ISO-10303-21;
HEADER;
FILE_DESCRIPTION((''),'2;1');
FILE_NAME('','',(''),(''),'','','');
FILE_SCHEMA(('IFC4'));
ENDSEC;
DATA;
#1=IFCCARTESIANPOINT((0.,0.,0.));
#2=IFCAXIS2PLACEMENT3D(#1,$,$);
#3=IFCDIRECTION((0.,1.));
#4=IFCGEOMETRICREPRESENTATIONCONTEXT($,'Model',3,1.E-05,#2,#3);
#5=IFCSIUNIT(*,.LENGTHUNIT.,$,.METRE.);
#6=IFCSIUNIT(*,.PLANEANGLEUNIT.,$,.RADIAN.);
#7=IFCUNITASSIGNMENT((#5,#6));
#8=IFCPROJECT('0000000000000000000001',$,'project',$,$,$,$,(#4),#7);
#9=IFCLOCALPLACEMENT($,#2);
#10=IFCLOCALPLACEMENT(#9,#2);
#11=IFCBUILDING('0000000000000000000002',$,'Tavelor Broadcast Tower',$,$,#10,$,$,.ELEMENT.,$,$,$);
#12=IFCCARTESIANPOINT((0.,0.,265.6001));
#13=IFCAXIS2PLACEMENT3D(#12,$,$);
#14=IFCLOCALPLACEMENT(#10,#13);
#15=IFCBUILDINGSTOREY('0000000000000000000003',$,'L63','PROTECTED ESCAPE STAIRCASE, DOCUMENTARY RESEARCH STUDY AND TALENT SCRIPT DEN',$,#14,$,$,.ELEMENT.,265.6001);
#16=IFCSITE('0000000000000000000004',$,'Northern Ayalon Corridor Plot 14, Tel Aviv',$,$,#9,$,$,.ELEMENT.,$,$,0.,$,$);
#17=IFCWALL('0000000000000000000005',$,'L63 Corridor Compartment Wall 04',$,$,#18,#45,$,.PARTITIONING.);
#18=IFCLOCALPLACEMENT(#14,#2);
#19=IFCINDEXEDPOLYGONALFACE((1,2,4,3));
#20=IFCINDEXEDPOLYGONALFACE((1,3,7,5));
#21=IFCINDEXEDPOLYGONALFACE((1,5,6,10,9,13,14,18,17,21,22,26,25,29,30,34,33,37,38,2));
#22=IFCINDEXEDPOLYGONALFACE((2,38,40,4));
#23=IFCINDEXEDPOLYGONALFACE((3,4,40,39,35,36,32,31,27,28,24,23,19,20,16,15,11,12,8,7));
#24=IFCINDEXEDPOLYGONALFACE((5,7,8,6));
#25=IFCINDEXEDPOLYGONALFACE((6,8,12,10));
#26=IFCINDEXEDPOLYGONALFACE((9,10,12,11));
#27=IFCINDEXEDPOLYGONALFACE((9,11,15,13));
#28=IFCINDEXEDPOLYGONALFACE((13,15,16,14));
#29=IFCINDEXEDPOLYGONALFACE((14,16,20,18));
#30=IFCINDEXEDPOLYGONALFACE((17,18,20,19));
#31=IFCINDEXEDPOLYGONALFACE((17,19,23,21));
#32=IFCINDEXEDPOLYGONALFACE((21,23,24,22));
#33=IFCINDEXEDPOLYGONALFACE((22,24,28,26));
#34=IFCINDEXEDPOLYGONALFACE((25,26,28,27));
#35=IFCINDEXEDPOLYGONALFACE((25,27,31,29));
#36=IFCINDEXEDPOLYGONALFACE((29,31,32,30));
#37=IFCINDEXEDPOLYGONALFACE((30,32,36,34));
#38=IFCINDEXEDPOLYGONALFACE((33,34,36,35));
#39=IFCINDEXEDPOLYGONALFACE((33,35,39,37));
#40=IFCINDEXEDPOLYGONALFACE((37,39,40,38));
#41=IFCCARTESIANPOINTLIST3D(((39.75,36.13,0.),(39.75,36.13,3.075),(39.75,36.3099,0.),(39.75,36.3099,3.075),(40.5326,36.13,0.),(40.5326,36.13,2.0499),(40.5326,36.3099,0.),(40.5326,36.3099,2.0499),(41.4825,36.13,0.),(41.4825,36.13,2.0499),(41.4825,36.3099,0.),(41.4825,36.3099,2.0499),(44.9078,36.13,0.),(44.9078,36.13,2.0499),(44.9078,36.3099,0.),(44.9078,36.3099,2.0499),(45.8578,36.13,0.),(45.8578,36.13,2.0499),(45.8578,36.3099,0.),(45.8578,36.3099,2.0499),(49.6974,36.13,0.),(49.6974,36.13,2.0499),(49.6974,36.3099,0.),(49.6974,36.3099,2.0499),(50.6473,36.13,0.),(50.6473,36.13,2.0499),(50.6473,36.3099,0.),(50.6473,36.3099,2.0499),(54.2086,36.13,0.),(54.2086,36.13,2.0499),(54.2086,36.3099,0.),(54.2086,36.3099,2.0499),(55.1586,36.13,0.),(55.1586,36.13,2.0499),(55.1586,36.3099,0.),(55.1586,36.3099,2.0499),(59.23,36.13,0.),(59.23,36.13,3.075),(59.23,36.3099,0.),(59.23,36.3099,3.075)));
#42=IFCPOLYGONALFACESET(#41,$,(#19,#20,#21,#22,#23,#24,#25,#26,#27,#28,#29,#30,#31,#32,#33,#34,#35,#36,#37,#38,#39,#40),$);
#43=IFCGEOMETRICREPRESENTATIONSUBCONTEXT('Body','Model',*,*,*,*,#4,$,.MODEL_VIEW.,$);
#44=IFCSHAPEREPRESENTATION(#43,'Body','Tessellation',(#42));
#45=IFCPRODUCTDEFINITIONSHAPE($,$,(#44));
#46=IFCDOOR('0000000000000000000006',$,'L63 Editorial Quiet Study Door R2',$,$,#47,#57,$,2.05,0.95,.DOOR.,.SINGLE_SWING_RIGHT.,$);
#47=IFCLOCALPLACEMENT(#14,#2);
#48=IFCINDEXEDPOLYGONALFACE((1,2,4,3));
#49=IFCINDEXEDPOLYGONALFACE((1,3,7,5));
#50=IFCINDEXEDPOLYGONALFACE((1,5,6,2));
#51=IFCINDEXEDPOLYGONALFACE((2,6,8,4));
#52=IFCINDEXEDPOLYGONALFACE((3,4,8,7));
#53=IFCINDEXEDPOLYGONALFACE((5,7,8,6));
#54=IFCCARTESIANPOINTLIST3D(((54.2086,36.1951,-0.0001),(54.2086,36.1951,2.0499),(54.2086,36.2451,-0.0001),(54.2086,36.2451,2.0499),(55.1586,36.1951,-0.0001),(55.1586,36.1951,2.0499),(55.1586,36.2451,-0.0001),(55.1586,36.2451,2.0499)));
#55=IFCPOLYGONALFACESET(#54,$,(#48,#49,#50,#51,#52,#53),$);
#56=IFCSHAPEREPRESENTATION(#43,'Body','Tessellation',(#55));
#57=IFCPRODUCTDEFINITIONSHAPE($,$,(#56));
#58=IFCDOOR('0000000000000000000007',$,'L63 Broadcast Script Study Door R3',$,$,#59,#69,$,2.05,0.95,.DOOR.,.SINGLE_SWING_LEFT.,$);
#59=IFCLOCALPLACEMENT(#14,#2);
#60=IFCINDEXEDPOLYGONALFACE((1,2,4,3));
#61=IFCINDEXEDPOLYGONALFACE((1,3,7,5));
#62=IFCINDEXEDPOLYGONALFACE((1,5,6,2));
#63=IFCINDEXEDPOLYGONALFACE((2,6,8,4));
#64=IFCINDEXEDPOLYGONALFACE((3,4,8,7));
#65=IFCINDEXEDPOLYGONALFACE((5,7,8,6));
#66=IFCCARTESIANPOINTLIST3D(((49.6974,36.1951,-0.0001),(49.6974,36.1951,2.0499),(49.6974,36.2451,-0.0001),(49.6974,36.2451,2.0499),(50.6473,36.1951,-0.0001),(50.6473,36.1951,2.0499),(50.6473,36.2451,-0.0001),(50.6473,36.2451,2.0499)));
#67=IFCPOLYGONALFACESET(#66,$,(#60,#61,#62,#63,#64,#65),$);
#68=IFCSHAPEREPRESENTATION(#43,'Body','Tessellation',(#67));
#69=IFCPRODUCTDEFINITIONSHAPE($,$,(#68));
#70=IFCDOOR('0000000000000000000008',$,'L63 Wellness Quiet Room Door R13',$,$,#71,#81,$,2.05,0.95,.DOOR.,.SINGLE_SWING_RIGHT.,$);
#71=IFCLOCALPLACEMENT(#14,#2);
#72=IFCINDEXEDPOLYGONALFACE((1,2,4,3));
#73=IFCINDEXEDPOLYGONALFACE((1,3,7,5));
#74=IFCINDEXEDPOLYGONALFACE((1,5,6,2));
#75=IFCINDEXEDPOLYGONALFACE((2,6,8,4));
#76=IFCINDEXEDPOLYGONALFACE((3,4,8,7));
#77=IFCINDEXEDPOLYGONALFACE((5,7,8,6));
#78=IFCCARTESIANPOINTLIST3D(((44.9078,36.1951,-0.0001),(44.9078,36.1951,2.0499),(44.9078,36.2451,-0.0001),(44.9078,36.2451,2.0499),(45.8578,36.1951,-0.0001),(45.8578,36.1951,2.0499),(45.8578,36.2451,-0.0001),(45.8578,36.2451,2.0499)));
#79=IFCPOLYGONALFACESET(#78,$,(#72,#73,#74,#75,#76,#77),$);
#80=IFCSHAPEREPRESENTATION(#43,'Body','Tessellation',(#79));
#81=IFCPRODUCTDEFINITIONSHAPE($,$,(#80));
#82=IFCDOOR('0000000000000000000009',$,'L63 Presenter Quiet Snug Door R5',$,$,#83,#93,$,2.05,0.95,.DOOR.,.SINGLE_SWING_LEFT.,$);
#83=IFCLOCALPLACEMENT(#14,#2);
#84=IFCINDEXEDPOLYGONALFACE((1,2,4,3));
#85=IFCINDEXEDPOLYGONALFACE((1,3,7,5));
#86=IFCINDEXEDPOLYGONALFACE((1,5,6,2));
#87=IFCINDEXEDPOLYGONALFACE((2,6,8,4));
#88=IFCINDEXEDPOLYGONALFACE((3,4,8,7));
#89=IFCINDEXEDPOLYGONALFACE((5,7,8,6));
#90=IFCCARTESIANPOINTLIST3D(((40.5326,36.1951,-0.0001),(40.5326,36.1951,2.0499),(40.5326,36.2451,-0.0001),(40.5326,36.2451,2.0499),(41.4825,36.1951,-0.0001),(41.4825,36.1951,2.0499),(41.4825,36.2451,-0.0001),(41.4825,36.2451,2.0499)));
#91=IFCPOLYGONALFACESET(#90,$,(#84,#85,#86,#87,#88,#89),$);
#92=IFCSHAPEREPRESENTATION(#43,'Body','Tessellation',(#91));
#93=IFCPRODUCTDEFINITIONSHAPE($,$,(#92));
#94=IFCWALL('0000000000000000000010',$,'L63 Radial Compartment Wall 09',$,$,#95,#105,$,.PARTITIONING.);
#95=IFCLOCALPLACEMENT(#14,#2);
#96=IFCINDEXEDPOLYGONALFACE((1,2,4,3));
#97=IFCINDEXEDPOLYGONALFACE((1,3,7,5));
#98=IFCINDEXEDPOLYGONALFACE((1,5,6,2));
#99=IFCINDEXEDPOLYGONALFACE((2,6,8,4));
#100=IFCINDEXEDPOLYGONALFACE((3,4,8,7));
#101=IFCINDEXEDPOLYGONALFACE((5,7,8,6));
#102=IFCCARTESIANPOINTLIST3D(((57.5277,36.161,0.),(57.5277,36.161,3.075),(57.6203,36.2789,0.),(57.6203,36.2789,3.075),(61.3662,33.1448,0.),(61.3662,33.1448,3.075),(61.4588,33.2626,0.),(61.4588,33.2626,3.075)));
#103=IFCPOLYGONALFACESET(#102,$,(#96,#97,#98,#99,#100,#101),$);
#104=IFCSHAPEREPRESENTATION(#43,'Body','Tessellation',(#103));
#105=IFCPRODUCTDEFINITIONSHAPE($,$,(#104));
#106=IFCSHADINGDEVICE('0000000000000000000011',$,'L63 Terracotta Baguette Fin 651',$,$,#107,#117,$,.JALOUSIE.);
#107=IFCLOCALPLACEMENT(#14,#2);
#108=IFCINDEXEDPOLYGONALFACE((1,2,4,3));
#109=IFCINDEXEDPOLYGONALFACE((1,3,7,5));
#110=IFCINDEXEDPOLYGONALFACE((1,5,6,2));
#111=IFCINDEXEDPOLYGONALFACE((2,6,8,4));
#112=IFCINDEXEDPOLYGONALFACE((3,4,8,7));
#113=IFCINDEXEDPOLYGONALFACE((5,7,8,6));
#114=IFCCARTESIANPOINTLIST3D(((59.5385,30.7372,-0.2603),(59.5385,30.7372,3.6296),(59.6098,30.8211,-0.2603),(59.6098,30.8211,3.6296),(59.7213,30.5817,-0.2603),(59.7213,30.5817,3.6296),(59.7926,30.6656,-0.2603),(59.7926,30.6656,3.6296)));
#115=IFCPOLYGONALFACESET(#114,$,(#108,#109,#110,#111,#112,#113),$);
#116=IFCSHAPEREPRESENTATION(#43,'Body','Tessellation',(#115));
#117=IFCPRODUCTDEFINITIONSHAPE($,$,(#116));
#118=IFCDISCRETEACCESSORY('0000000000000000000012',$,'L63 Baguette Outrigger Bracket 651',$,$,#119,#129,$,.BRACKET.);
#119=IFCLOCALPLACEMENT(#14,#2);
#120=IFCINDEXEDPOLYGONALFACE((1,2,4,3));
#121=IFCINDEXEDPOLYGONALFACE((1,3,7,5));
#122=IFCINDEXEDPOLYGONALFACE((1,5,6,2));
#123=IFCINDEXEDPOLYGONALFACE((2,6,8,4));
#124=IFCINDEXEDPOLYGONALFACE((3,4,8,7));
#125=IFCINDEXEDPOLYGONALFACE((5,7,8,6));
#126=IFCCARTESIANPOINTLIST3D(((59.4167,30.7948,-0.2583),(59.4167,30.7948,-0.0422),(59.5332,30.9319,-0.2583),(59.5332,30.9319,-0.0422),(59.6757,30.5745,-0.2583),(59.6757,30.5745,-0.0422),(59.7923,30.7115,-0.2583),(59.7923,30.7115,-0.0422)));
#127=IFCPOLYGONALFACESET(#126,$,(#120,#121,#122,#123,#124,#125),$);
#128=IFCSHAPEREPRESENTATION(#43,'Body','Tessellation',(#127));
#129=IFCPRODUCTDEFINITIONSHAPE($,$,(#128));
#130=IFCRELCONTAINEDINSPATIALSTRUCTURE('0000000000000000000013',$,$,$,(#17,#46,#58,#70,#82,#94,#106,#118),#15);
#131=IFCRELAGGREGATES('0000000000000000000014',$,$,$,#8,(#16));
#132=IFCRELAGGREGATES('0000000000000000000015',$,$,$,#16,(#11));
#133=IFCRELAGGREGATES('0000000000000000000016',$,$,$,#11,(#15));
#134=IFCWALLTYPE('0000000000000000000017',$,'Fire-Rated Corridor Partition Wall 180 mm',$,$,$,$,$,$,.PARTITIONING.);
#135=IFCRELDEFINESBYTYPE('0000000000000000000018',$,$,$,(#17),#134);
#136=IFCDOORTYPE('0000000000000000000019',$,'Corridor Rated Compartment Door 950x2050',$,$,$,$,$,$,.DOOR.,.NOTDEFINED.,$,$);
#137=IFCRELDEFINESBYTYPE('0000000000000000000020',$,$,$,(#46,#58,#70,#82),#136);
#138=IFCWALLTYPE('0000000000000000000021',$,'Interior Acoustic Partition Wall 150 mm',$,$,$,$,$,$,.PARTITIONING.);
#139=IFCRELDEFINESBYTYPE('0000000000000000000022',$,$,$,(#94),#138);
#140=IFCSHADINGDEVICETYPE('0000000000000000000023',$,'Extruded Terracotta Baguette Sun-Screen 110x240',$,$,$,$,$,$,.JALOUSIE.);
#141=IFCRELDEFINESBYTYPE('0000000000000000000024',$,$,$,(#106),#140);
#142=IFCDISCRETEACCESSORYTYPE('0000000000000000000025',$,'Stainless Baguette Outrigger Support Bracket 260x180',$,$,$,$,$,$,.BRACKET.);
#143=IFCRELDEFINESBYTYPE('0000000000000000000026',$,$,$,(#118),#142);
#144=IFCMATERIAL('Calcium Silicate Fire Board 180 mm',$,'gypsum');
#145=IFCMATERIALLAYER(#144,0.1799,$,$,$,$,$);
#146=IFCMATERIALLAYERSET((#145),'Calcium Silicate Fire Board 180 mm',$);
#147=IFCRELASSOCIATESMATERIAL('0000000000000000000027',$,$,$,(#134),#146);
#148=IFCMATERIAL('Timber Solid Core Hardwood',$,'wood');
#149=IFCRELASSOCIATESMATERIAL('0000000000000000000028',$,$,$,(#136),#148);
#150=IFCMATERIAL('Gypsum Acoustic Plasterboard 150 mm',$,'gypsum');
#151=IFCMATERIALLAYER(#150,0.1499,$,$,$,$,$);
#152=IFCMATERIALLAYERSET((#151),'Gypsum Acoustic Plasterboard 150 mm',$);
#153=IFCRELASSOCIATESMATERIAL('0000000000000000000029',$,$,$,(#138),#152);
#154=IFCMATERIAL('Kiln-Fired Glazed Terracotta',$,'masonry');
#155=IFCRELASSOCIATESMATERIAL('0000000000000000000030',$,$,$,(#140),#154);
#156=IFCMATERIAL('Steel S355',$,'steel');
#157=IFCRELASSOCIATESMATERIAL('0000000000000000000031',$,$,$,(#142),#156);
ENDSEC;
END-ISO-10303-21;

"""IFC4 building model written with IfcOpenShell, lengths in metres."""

from ifc_helpers import new_model, si_unit, direction, frame, frame_2d, origin, origin_2d, place, context, subcontext, project, spatial, rectangle, extrude, source, transform, mapped, material, layer, layer_set, type_object, type_shapes, element, fill, save


model = new_model("IFC4")

# Units and contexts
model_context = context("Model", 3, precision=1e-05, world=origin(), true_north=direction((0.0, 1.0)))
body_context = subcontext(model_context, "Body", "Model", "MODEL_VIEW")
ifc_project = project(units=[si_unit("LENGTHUNIT", "METRE"), si_unit("PLANEANGLEUNIT", "RADIAN")], contexts=[model_context])

# Site, building, storey
site_placement = place(None, origin())
site = spatial("IfcSite", under=ifc_project, at=site_placement, Name="Northern Ayalon Corridor Plot 14, Tel Aviv", CompositionType="ELEMENT", RefElevation=0.0)
building_placement = place(site_placement, origin())
building = spatial("IfcBuilding", under=site, at=building_placement, Name="Tavelor Broadcast Tower", CompositionType="ELEMENT")
storey_placement = place(building_placement, frame((0.0, 0.0, 265.6001)))
storey = spatial("IfcBuildingStorey", under=building, at=storey_placement, Name="L63", Description="PROTECTED ESCAPE STAIRCASE, DOCUMENTARY RESEARCH STUDY AND TALENT SCRIPT DEN", CompositionType="ELEMENT", Elevation=265.6001)

# Shared definitions
ifc_material_1 = material(Name="Steel S355", Category="steel")

# Wall, openings, doors
ifc_material_2 = material(Name="Calcium Silicate Fire Board 180 mm", Category="gypsum")
ifc_layer_1 = layer(ifc_material_2, 0.1799)
ifc_layer_set_1 = layer_set([ifc_layer_1], Name="Calcium Silicate Fire Board 180 mm")
wall_type_1 = type_object("IfcWallType", Name="Fire-Rated Corridor Partition Wall 180 mm", PredefinedType="PARTITIONING", material=ifc_layer_set_1)
wall_1_placement = place(storey_placement, frame((59.23, 36.22, 0.0), z_axis=(0.0, 0.0, 1.0), x_axis=(-1.0, 0.0, 0.0)))
wall_1 = element("IfcWall", 1, at=wall_1_placement, inside=storey, type_object=wall_type_1, Name="L63 Corridor Compartment Wall 04", PredefinedType="PARTITIONING", context=body_context, shape_type="SweptSolid", body=[
    extrude(rectangle(XDim=19.48, YDim=0.1799, at=frame_2d((9.74, 0.0))), origin(), (0.0, 0.0, 1.0), 3.075),
])
opening_1_placement = place(wall_1_placement, frame((4.0713, 0.0, 0.0)))
opening_1 = element("IfcOpeningElement", 2, at=opening_1_placement, cuts=wall_1, PredefinedType="OPENING", context=body_context, shape_type="SweptSolid", body=[
    extrude(rectangle(XDim=0.95, YDim=2.05, at=frame_2d((0.4751, 1.0249))), frame((0.0, 0.1001, 0.0), z_axis=(0.0, -1.0, 0.0), x_axis=(1.0, 0.0, 0.0)), (0.0, 0.0, 1.0), 0.2),
])
opening_2_placement = place(wall_1_placement, frame((8.5825, 0.0, 0.0)))
opening_2 = element("IfcOpeningElement", 3, at=opening_2_placement, cuts=wall_1, PredefinedType="OPENING", context=body_context, shape_type="SweptSolid", body=[
    extrude(rectangle(XDim=0.95, YDim=2.05, at=frame_2d((0.4751, 1.0249))), frame((0.0, 0.1001, 0.0), z_axis=(0.0, -1.0, 0.0), x_axis=(1.0, 0.0, 0.0)), (0.0, 0.0, 1.0), 0.2),
])
opening_3_placement = place(wall_1_placement, frame((13.3721, 0.0, 0.0)))
opening_3 = element("IfcOpeningElement", 4, at=opening_3_placement, cuts=wall_1, PredefinedType="OPENING", context=body_context, shape_type="SweptSolid", body=[
    extrude(rectangle(XDim=0.95, YDim=2.05, at=frame_2d((0.4751, 1.0249))), frame((0.0, 0.1001, 0.0), z_axis=(0.0, -1.0, 0.0), x_axis=(1.0, 0.0, 0.0)), (0.0, 0.0, 1.0), 0.2),
])
opening_4_placement = place(wall_1_placement, frame((17.7473, 0.0, 0.0)))
opening_4 = element("IfcOpeningElement", 5, at=opening_4_placement, cuts=wall_1, PredefinedType="OPENING", context=body_context, shape_type="SweptSolid", body=[
    extrude(rectangle(XDim=0.95, YDim=2.05, at=frame_2d((0.4751, 1.0249))), frame((0.0, 0.1001, 0.0), z_axis=(0.0, -1.0, 0.0), x_axis=(1.0, 0.0, 0.0)), (0.0, 0.0, 1.0), 0.2),
])
ifc_material_3 = material(Name="Timber Solid Core Hardwood", Category="wood")
door_type = type_object("IfcDoorType", Name="Corridor Rated Compartment Door 950x2050", OperationType="NOTDEFINED", PredefinedType="DOOR", material=ifc_material_3)
door_1_placement = place(opening_1_placement, origin())
door_1 = element("IfcDoor", 6, at=door_1_placement, inside=storey, type_object=door_type, Name="L63 Editorial Quiet Study Door R2", OperationType="SINGLE_SWING_RIGHT", OverallHeight=2.05, OverallWidth=0.95, PredefinedType="DOOR", context=body_context, shape_type="SweptSolid", body=[
    extrude(rectangle(XDim=0.95, YDim=2.05, at=frame_2d((0.4751, 1.0249))), frame((0.0, 0.0249, 0.0), z_axis=(0.0, -1.0, 0.0), x_axis=(1.0, 0.0, 0.0)), (0.0, 0.0, 1.0), 0.05),
])
fill(opening_1, door_1)
door_2_placement = place(opening_2_placement, origin())
door_2 = element("IfcDoor", 7, at=door_2_placement, inside=storey, type_object=door_type, Name="L63 Broadcast Script Study Door R3", OperationType="SINGLE_SWING_LEFT", OverallHeight=2.05, OverallWidth=0.95, PredefinedType="DOOR", context=body_context, shape_type="SweptSolid", body=[
    extrude(rectangle(XDim=0.95, YDim=2.05, at=frame_2d((0.4751, 1.0249))), frame((0.0, 0.0249, 0.0), z_axis=(0.0, -1.0, 0.0), x_axis=(1.0, 0.0, 0.0)), (0.0, 0.0, 1.0), 0.05),
])
fill(opening_2, door_2)
door_3_placement = place(opening_3_placement, origin())
door_3 = element("IfcDoor", 8, at=door_3_placement, inside=storey, type_object=door_type, Name="L63 Wellness Quiet Room Door R13", OperationType="SINGLE_SWING_RIGHT", OverallHeight=2.05, OverallWidth=0.95, PredefinedType="DOOR", context=body_context, shape_type="SweptSolid", body=[
    extrude(rectangle(XDim=0.95, YDim=2.05, at=frame_2d((0.4751, 1.0249))), frame((0.0, 0.0249, 0.0), z_axis=(0.0, -1.0, 0.0), x_axis=(1.0, 0.0, 0.0)), (0.0, 0.0, 1.0), 0.05),
])
fill(opening_3, door_3)
door_4_placement = place(opening_4_placement, origin())
door_4 = element("IfcDoor", 9, at=door_4_placement, inside=storey, type_object=door_type, Name="L63 Presenter Quiet Snug Door R5", OperationType="SINGLE_SWING_LEFT", OverallHeight=2.05, OverallWidth=0.95, PredefinedType="DOOR", context=body_context, shape_type="SweptSolid", body=[
    extrude(rectangle(XDim=0.95, YDim=2.05, at=frame_2d((0.4751, 1.0249))), frame((0.0, 0.0249, 0.0), z_axis=(0.0, -1.0, 0.0), x_axis=(1.0, 0.0, 0.0)), (0.0, 0.0, 1.0), 0.05),
])
fill(opening_4, door_4)

# Wall
ifc_material_4 = material(Name="Gypsum Acoustic Plasterboard 150 mm", Category="gypsum")
ifc_layer_2 = layer(ifc_material_4, 0.1499)
ifc_layer_set_2 = layer_set([ifc_layer_2], Name="Gypsum Acoustic Plasterboard 150 mm")
wall_type_2 = type_object("IfcWallType", Name="Interior Acoustic Partition Wall 150 mm", PredefinedType="PARTITIONING", material=ifc_layer_set_2)
wall_2_placement = place(storey_placement, frame((57.574, 36.22, 0.0), z_axis=(0.0, 0.0, 1.0), x_axis=(0.786289, -0.617859, 0.0)))
element("IfcWall", 10, at=wall_2_placement, inside=storey, type_object=wall_type_2, Name="L63 Radial Compartment Wall 09", PredefinedType="PARTITIONING", context=body_context, shape_type="SweptSolid", body=[
    extrude(rectangle(XDim=4.8818, YDim=0.1499, at=frame_2d((2.4409, 0.0))), origin(), (0.0, 0.0, 1.0), 3.075),
])

# Shading device
ifc_material_5 = material(Name="Kiln-Fired Glazed Terracotta", Category="masonry")
shading_device_type = type_object("IfcShadingDeviceType", Name="Extruded Terracotta Baguette Sun-Screen 110x240", PredefinedType="JALOUSIE", material=ifc_material_5)
shared_shape_1 = source(origin(), body_context, "Body", "SweptSolid", [
    extrude(rectangle(XDim=0.1101, YDim=0.24, at=origin_2d()), origin(), (0.0, 0.0, 1.0), 3.8899),
])
type_shapes(shading_device_type, [shared_shape_1])
shading_device_placement = place(storey_placement, frame((59.6655, 30.7014, -0.2603), z_axis=(0.0, 0.0, 1.0), x_axis=(0.647854, 0.761764, 0.0)))
element("IfcShadingDevice", 11, at=shading_device_placement, inside=storey, type_object=shading_device_type, Name="L63 Terracotta Baguette Fin 651", PredefinedType="JALOUSIE", context=body_context, shape_type="MappedRepresentation", body=[
    mapped(shared_shape_1, transform((0.0, 0.0, 0.0), scale=1.0)),
])

# Discrete accessory
discrete_accessory_type = type_object("IfcDiscreteAccessoryType", Name="Stainless Baguette Outrigger Support Bracket 260x180", PredefinedType="BRACKET", material=ifc_material_1)
shared_shape_2 = source(origin(), body_context, "Body", "SweptSolid", [
    extrude(rectangle(XDim=0.1799, YDim=0.3401, at=origin_2d()), origin(), (0.0, 0.0, 1.0), 0.2161),
])
type_shapes(discrete_accessory_type, [shared_shape_2])
discrete_accessory_placement = place(storey_placement, frame((59.6045, 30.7532, -0.2583), z_axis=(0.0, 0.0, 1.0), x_axis=(0.647854, 0.761764, 0.0)))
element("IfcDiscreteAccessory", 12, at=discrete_accessory_placement, inside=storey, type_object=discrete_accessory_type, Name="L63 Baguette Outrigger Bracket 651", PredefinedType="BRACKET", context=body_context, shape_type="MappedRepresentation", body=[
    mapped(shared_shape_2, transform((0.0, 0.0, 0.0), scale=1.0)),
])

save(model, "model.ifc")
